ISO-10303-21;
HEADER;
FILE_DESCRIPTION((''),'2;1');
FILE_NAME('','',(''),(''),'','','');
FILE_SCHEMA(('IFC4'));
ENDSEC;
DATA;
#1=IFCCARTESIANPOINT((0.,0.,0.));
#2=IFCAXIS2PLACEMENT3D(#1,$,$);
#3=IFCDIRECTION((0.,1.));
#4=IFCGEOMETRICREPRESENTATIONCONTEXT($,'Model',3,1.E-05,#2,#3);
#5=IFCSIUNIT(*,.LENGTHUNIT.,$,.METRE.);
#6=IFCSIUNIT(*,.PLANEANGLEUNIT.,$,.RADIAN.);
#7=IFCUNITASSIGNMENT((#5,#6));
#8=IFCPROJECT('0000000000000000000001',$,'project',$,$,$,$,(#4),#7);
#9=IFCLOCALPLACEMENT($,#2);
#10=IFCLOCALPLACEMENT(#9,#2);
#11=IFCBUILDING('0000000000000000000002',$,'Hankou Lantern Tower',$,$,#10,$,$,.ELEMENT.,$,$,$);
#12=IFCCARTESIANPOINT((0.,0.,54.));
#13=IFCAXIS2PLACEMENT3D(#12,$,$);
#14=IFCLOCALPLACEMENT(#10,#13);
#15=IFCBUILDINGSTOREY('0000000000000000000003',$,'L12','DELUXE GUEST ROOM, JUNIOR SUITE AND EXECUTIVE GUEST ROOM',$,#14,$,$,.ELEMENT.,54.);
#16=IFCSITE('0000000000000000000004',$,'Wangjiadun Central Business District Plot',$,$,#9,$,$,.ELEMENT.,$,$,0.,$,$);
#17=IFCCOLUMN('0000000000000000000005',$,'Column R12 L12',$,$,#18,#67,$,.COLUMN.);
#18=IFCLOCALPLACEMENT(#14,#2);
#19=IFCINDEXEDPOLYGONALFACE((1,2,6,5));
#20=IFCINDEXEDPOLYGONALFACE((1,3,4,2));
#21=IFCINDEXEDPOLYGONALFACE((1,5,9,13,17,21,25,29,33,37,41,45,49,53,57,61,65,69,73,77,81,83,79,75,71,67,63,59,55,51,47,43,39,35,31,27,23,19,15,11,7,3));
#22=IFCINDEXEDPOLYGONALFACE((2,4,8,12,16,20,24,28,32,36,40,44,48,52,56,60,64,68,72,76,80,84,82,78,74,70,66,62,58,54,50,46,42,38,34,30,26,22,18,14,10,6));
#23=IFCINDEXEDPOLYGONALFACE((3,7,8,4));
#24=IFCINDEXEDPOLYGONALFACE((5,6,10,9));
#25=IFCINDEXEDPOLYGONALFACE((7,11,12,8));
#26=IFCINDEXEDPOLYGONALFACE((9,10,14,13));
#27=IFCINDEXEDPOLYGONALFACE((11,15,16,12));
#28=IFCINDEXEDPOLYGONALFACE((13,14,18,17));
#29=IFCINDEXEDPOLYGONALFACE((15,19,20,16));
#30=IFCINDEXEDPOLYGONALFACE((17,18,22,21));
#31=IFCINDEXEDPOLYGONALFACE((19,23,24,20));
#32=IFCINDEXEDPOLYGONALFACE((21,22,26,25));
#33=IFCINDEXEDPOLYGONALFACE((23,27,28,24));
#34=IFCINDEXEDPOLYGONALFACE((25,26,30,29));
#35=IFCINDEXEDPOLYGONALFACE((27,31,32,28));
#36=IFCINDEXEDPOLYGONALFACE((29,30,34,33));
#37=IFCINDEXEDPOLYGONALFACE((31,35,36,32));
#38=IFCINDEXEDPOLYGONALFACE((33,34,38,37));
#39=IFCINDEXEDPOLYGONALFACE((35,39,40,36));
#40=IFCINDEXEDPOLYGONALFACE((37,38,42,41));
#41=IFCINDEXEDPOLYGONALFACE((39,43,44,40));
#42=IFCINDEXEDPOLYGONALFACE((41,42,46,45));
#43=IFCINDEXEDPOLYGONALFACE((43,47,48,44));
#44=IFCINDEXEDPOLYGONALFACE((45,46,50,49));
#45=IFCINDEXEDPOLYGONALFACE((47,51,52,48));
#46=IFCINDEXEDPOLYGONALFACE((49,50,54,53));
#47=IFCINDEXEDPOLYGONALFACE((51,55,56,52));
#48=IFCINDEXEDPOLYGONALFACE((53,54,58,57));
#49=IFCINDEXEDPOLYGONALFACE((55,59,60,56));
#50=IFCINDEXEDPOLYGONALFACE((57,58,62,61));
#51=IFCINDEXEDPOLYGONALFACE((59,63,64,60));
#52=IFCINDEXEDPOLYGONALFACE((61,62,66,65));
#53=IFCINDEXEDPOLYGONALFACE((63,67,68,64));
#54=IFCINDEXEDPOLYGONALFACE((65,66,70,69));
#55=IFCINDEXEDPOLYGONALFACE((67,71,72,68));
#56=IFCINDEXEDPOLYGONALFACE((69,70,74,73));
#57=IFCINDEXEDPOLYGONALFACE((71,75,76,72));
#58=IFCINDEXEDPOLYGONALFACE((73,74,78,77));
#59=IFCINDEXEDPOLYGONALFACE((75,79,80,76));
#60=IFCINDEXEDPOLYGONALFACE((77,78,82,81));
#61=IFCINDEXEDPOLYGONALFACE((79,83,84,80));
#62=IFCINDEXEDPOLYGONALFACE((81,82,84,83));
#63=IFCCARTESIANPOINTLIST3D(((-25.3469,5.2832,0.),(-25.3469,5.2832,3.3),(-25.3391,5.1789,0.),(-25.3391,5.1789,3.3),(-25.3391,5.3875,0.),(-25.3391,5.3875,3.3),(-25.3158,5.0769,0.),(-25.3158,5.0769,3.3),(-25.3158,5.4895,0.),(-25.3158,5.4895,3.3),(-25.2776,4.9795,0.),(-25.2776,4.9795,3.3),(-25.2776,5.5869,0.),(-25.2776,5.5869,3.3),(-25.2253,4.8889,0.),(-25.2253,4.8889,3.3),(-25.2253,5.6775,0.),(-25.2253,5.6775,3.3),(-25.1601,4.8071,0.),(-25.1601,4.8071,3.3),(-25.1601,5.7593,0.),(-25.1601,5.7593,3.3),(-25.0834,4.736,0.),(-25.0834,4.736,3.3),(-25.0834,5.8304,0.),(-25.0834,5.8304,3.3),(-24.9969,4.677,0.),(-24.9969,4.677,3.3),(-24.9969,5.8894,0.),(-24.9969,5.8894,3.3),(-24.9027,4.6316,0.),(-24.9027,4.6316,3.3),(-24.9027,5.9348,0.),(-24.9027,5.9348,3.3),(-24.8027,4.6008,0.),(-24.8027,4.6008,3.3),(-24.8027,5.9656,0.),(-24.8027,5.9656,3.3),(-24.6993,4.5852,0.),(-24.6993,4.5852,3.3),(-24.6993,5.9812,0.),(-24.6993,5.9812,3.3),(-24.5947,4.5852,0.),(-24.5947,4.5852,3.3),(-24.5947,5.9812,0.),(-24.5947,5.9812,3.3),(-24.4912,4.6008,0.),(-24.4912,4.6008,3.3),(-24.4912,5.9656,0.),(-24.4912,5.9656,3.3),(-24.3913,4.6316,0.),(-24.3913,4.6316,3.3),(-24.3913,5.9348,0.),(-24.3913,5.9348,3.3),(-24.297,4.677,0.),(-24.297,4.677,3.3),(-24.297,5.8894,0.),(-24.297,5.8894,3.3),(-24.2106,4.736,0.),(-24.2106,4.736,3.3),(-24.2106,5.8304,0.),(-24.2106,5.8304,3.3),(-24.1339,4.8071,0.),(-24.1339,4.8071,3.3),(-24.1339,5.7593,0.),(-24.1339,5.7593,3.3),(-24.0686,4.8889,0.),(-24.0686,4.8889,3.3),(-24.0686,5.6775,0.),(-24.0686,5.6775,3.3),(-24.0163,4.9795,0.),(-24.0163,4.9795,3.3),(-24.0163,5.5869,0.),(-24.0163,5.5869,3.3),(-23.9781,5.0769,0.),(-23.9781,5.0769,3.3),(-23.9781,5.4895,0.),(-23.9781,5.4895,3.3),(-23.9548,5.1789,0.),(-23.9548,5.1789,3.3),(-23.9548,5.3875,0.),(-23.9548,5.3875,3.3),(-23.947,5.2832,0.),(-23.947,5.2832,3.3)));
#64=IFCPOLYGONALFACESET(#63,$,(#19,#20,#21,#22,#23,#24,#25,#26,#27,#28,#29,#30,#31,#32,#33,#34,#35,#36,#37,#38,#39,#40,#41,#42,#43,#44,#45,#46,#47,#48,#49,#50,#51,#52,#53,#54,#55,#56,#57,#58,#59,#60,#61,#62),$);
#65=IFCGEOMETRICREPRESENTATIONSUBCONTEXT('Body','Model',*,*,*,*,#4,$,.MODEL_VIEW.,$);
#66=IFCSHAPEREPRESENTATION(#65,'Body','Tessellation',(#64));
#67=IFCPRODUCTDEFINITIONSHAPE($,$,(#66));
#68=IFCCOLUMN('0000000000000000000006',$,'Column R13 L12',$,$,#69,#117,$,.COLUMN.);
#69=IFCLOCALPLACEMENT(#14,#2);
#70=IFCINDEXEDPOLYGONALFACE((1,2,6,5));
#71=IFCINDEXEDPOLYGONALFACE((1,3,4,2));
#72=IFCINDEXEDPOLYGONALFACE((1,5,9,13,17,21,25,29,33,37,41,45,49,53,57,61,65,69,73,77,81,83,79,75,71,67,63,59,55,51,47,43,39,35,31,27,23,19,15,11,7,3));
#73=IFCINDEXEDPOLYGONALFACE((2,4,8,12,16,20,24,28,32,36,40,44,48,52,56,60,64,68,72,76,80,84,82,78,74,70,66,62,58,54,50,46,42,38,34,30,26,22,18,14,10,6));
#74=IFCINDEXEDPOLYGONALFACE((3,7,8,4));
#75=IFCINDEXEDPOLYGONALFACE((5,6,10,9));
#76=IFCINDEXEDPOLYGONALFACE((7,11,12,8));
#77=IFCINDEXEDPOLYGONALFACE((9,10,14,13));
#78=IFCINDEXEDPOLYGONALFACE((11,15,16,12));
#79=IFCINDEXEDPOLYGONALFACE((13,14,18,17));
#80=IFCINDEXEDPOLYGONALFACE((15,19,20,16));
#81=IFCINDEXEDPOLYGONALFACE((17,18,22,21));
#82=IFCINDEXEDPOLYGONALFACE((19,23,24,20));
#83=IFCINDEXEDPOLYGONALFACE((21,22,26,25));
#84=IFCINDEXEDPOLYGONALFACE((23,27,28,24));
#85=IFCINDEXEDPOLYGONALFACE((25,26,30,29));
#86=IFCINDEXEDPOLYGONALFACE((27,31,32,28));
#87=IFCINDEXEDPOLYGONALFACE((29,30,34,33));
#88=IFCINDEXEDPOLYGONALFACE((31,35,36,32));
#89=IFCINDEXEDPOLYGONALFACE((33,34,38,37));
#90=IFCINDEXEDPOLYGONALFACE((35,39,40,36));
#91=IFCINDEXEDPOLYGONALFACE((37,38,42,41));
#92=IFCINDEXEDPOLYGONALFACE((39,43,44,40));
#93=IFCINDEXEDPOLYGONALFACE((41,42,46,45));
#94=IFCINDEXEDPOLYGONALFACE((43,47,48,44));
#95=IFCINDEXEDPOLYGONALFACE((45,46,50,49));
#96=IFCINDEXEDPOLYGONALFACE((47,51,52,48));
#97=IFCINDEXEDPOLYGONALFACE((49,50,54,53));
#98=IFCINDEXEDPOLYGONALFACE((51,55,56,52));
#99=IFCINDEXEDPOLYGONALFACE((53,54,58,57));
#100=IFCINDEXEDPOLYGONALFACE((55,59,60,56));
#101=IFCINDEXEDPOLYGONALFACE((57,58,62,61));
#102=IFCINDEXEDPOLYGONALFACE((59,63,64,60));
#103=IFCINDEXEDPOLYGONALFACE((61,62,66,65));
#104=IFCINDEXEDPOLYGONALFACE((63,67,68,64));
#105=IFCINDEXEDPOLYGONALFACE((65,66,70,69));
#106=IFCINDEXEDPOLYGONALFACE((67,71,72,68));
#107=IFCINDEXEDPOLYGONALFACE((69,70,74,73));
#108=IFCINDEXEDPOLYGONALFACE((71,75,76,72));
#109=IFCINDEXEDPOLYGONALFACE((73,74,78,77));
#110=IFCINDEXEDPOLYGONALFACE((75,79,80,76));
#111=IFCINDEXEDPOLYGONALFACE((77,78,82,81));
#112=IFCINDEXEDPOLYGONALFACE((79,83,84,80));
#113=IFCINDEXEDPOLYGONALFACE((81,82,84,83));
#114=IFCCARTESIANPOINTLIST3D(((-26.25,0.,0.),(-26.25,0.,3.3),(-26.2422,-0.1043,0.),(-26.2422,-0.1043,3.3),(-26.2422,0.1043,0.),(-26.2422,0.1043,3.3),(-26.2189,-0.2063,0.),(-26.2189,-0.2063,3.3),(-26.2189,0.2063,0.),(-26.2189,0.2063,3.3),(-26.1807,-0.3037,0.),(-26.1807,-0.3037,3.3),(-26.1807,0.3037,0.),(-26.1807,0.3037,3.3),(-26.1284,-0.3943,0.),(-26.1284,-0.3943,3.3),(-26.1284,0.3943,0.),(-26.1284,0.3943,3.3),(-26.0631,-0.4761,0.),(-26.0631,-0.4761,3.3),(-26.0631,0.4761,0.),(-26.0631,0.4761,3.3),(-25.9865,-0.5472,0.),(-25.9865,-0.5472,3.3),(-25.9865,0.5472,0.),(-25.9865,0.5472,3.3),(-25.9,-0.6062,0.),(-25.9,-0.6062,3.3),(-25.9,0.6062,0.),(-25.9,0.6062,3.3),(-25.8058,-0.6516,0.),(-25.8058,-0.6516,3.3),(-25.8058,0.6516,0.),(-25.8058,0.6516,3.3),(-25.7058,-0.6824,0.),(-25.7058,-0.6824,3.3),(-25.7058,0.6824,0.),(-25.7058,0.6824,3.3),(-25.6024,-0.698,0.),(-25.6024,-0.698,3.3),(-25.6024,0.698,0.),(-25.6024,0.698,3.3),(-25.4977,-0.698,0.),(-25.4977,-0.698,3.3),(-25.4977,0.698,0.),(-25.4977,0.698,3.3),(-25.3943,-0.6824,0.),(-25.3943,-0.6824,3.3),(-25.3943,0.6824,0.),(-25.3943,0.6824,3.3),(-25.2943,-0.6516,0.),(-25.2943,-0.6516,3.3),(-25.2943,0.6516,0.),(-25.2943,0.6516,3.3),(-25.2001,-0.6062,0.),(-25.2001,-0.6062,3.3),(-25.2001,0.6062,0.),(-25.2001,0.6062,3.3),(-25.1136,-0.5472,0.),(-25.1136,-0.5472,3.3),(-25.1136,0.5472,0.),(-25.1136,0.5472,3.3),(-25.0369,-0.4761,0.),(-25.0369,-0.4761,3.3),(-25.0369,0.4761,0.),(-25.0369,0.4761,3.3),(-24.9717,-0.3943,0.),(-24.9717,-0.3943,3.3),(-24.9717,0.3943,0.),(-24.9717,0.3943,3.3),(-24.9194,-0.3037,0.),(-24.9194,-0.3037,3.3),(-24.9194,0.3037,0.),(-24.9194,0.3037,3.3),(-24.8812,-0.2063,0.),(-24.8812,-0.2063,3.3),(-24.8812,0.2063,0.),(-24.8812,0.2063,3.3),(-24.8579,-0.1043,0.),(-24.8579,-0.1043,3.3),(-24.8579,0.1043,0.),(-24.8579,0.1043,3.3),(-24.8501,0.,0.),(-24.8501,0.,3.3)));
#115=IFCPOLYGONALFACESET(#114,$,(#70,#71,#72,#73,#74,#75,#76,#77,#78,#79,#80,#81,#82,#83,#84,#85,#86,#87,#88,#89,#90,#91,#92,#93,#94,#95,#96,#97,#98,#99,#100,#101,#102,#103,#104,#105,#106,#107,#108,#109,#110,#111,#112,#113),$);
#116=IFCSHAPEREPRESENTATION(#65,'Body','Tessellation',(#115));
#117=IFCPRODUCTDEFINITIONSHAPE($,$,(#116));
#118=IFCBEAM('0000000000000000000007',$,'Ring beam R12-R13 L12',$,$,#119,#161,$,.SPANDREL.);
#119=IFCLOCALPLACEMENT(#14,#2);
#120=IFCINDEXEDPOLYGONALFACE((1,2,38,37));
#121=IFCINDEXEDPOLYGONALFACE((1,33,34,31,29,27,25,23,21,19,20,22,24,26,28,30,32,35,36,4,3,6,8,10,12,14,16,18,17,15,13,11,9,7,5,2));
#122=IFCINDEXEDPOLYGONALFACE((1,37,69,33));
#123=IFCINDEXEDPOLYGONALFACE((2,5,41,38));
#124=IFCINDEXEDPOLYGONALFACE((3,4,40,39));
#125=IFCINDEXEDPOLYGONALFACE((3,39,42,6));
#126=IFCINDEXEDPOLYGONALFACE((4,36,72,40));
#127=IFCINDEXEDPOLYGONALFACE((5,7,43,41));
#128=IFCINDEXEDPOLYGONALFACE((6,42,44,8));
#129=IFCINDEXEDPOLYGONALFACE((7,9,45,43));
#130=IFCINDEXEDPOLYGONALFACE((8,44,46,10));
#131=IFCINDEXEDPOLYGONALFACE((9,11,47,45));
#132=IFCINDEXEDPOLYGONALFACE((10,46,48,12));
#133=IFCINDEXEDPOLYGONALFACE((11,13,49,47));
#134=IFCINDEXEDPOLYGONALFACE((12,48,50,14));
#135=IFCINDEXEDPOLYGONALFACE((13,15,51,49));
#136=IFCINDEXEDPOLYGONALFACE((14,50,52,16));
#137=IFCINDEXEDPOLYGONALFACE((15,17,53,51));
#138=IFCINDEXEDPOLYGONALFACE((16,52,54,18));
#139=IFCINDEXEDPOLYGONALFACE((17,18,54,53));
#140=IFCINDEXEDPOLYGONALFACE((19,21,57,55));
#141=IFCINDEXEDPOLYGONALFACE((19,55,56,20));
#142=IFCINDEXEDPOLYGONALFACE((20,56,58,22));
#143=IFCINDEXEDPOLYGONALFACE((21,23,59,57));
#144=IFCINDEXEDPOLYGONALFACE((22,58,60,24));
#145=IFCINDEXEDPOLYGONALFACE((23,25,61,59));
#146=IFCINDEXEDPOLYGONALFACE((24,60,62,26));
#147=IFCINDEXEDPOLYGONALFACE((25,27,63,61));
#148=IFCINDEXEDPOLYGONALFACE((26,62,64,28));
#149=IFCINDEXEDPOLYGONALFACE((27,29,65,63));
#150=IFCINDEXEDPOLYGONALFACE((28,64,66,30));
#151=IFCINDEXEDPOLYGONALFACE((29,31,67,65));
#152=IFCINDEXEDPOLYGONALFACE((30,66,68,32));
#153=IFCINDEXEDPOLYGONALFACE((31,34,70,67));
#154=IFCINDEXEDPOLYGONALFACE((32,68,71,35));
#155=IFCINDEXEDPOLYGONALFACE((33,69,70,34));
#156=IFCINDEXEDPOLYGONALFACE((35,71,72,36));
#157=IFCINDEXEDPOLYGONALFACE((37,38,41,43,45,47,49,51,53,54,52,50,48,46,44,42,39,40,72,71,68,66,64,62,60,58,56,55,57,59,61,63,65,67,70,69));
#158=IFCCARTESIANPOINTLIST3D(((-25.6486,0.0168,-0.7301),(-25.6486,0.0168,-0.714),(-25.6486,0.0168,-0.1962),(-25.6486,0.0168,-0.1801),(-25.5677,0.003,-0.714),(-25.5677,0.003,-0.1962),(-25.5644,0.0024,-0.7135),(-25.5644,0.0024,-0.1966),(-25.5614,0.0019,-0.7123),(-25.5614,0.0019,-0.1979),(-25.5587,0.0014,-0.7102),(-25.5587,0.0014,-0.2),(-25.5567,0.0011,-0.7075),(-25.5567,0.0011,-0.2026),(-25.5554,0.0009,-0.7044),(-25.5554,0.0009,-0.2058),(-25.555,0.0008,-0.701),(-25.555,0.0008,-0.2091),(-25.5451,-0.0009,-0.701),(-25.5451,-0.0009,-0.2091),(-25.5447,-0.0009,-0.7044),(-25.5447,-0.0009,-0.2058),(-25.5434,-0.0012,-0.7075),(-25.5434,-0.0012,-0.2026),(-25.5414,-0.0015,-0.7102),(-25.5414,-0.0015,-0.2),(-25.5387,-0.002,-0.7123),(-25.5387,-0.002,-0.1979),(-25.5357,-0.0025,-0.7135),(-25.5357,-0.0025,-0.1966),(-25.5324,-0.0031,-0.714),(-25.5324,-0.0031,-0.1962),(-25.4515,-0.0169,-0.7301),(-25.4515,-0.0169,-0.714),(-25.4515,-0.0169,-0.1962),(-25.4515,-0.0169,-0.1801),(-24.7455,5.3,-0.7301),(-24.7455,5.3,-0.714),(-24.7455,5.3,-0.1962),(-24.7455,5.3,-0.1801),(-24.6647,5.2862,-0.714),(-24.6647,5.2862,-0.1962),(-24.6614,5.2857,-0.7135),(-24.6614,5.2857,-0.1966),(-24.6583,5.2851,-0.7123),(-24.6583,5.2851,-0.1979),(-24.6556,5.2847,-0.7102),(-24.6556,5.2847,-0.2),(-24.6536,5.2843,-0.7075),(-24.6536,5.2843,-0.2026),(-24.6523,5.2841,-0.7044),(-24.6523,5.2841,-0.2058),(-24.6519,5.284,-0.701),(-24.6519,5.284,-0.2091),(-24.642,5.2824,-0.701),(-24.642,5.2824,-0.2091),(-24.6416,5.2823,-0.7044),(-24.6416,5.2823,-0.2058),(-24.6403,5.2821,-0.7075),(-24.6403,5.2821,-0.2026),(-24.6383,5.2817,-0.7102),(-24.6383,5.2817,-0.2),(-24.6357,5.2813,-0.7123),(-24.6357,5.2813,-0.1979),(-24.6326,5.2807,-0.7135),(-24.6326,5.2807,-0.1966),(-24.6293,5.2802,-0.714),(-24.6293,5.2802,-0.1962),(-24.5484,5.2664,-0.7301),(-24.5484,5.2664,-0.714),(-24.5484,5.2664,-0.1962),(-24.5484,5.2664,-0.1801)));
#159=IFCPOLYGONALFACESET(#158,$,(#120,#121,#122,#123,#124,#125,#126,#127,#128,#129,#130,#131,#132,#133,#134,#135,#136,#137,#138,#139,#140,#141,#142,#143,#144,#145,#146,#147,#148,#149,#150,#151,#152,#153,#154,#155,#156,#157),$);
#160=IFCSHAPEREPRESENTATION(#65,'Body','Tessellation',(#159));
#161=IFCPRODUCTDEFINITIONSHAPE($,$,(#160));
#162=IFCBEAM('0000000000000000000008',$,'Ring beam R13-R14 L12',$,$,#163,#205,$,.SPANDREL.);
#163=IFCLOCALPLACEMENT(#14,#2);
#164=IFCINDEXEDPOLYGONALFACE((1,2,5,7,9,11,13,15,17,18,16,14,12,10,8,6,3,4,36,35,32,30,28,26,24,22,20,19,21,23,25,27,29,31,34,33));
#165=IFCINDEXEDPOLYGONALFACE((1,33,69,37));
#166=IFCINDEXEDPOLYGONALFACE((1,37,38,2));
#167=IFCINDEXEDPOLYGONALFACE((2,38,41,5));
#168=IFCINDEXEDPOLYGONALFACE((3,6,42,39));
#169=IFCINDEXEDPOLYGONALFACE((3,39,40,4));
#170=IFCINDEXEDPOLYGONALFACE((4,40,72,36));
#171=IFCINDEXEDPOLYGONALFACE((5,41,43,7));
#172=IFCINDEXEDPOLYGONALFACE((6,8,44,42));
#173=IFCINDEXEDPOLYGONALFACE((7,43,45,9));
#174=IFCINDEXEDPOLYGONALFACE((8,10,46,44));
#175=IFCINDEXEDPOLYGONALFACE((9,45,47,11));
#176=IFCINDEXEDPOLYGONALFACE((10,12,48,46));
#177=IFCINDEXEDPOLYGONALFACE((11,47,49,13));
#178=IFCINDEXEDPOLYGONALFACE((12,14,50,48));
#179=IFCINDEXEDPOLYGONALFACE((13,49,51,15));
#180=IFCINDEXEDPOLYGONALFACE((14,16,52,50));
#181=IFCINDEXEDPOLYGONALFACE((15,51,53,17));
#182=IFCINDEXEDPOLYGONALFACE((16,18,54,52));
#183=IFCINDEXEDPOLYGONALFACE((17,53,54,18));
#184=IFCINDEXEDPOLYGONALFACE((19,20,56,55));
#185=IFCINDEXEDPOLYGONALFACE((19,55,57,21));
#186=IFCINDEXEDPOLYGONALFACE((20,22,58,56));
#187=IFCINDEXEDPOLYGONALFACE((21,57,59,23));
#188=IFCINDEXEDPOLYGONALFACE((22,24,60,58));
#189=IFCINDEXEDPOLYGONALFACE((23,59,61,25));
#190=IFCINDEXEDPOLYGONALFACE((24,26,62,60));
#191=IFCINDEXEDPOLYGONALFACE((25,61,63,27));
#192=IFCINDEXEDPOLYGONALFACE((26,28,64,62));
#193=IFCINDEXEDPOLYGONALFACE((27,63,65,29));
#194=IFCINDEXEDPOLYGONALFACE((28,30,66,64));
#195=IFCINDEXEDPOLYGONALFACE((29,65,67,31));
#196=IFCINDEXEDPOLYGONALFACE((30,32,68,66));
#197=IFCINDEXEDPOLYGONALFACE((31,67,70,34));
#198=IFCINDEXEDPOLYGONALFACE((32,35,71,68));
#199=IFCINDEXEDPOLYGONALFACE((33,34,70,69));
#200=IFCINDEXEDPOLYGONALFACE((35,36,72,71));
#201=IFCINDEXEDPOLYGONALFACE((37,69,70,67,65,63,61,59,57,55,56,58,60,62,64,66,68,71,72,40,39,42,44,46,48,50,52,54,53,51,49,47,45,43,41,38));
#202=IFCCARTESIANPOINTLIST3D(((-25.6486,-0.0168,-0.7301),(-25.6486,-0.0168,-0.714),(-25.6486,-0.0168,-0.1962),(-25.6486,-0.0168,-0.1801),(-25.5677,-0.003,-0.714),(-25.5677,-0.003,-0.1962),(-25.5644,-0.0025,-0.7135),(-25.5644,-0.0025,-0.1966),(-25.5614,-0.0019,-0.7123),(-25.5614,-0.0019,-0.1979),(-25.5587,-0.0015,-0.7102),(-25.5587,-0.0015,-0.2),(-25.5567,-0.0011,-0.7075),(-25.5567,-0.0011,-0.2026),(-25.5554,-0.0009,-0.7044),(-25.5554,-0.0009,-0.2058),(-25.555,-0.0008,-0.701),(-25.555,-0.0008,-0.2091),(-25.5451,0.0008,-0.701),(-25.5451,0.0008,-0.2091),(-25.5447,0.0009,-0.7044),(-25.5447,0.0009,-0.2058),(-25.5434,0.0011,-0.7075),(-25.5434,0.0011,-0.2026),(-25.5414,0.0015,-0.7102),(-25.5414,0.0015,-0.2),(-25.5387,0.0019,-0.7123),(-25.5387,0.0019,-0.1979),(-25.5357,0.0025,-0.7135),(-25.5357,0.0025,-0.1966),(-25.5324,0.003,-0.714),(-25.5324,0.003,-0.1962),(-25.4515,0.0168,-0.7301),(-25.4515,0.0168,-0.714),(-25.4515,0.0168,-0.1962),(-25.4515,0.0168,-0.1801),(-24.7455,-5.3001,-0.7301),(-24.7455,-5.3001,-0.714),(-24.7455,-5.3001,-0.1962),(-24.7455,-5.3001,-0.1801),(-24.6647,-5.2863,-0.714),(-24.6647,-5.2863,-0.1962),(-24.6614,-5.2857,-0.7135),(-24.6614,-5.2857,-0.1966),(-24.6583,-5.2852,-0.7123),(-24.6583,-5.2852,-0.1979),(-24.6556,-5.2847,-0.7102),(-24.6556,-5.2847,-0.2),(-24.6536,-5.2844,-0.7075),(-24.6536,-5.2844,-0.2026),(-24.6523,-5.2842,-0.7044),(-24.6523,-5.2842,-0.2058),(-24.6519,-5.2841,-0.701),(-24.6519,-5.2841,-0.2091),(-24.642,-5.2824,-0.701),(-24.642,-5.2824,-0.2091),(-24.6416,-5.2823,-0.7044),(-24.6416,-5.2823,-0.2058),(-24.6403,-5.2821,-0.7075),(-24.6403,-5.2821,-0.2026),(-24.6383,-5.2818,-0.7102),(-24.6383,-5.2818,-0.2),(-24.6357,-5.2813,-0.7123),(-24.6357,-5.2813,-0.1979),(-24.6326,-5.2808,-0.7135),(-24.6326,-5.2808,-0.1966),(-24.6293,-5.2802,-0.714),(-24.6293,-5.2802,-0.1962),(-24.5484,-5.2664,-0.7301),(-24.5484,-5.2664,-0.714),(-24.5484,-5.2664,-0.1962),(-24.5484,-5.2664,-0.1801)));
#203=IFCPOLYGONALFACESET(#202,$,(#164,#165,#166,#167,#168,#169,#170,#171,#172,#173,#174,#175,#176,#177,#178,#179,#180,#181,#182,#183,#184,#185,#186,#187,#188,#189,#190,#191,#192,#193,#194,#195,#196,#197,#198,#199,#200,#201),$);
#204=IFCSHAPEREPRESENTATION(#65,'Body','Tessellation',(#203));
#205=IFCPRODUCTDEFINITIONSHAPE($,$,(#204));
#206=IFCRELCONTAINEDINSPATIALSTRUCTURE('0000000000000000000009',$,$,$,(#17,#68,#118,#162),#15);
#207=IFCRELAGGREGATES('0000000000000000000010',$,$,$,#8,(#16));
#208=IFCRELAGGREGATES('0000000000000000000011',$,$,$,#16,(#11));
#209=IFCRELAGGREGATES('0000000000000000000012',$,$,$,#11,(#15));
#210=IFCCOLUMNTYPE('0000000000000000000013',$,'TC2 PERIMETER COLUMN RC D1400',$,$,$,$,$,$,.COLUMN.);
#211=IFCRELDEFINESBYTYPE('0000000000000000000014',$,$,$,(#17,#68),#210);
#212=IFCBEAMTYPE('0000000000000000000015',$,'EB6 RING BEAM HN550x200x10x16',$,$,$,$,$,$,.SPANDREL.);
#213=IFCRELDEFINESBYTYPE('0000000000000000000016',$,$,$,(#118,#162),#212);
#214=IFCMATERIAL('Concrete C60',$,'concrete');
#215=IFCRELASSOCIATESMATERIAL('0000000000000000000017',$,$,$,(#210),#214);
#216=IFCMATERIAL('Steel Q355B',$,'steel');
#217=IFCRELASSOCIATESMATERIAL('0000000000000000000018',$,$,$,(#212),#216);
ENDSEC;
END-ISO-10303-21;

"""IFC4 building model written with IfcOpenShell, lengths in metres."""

from ifc_helpers import new_model, si_unit, direction, frame, origin, origin_2d, place, context, subcontext, project, spatial, circle, i_section, extrude, material, material_profile, profile_set, type_object, element, save


model = new_model("IFC4")

# Units and contexts
model_context = context("Model", 3, precision=1e-05, world=origin(), true_north=direction((0.0, 1.0)))
body_context = subcontext(model_context, "Body", "Model", "MODEL_VIEW")
ifc_project = project(units=[si_unit("LENGTHUNIT", "METRE"), si_unit("PLANEANGLEUNIT", "RADIAN")], contexts=[model_context])

# Site, building, storey
site_placement = place(None, origin())
site = spatial("IfcSite", under=ifc_project, at=site_placement, Name="Wangjiadun Central Business District Plot", CompositionType="ELEMENT", RefElevation=0.0)
building_placement = place(site_placement, origin())
building = spatial("IfcBuilding", under=site, at=building_placement, Name="Hankou Lantern Tower", CompositionType="ELEMENT")
storey_placement = place(building_placement, frame((0.0, 0.0, 54.0)))
storey = spatial("IfcBuildingStorey", under=building, at=storey_placement, Name="L12", Description="DELUXE GUEST ROOM, JUNIOR SUITE AND EXECUTIVE GUEST ROOM", CompositionType="ELEMENT", Elevation=54.0)

# Columns
ifc_material_1 = material(Name="Concrete C60", Category="concrete")
ifc_material_profile_1 = material_profile(ifc_material_1, circle(Radius=0.7, at=origin_2d()), Name="RC D1400")
ifc_profile_set_1 = profile_set([ifc_material_profile_1], Name="Concrete C60")
column_type = type_object("IfcColumnType", Name="TC2 PERIMETER COLUMN RC D1400", PredefinedType="COLUMN", material=ifc_profile_set_1)
for number, where, z_axis, x_axis, name in (
    (1, (-24.647, 5.2832, 0.0), (0.0, 0.0, 1.0), (1.0, 0.0, 0.0), "Column R12 L12"),
    (2, (-25.55, 0.0, 0.0), (0.0, 0.0, 1.0), (1.0, 0.0, 0.0), "Column R13 L12"),
):
    element("IfcColumn", number, at=place(storey_placement, frame(where, z_axis=z_axis, x_axis=x_axis)), inside=storey, type_object=column_type, Name=name, PredefinedType="COLUMN", context=body_context, shape_type="SweptSolid", body=[
        extrude(circle(Radius=0.7, at=origin_2d()), origin(), (0.0, 0.0, 1.0), 3.3),
    ])

# Beams
ifc_material_2 = material(Name="Steel Q355B", Category="steel")
ifc_material_profile_2 = material_profile(ifc_material_2, i_section(OverallWidth=0.2, OverallDepth=0.55, WebThickness=0.01, FlangeThickness=0.0161, FilletRadius=0.0129, at=origin_2d()), Name="HN550x200x10x16")
ifc_profile_set_2 = profile_set([ifc_material_profile_2], Name="Steel Q355B")
beam_type_1 = type_object("IfcBeamType", Name="EB6 RING BEAM HN550x200x10x16", PredefinedType="SPANDREL", material=ifc_profile_set_2)
for number, where, z_axis, x_axis, name in (
    (3, (-24.647, 5.2832, -0.4551), (-0.16849, -0.985703, 0.0), (0.985703, -0.16849, 0.0), "Ring beam R12-R13 L12"),
    (4, (-25.55, 0.0, -0.4551), (0.16849, -0.985703, 0.0), (0.985703, 0.16849, 0.0), "Ring beam R13-R14 L12"),
):
    element("IfcBeam", number, at=place(storey_placement, frame(where, z_axis=z_axis, x_axis=x_axis)), inside=storey, type_object=beam_type_1, Name=name, PredefinedType="SPANDREL", context=body_context, shape_type="SweptSolid", body=[
        extrude(i_section(OverallWidth=0.2, OverallDepth=0.55, WebThickness=0.01, FlangeThickness=0.0161, FilletRadius=0.0129, at=origin_2d()), origin(), (0.0, 0.0, 1.0), 5.3599),
    ])

save(model, "model.ifc")
